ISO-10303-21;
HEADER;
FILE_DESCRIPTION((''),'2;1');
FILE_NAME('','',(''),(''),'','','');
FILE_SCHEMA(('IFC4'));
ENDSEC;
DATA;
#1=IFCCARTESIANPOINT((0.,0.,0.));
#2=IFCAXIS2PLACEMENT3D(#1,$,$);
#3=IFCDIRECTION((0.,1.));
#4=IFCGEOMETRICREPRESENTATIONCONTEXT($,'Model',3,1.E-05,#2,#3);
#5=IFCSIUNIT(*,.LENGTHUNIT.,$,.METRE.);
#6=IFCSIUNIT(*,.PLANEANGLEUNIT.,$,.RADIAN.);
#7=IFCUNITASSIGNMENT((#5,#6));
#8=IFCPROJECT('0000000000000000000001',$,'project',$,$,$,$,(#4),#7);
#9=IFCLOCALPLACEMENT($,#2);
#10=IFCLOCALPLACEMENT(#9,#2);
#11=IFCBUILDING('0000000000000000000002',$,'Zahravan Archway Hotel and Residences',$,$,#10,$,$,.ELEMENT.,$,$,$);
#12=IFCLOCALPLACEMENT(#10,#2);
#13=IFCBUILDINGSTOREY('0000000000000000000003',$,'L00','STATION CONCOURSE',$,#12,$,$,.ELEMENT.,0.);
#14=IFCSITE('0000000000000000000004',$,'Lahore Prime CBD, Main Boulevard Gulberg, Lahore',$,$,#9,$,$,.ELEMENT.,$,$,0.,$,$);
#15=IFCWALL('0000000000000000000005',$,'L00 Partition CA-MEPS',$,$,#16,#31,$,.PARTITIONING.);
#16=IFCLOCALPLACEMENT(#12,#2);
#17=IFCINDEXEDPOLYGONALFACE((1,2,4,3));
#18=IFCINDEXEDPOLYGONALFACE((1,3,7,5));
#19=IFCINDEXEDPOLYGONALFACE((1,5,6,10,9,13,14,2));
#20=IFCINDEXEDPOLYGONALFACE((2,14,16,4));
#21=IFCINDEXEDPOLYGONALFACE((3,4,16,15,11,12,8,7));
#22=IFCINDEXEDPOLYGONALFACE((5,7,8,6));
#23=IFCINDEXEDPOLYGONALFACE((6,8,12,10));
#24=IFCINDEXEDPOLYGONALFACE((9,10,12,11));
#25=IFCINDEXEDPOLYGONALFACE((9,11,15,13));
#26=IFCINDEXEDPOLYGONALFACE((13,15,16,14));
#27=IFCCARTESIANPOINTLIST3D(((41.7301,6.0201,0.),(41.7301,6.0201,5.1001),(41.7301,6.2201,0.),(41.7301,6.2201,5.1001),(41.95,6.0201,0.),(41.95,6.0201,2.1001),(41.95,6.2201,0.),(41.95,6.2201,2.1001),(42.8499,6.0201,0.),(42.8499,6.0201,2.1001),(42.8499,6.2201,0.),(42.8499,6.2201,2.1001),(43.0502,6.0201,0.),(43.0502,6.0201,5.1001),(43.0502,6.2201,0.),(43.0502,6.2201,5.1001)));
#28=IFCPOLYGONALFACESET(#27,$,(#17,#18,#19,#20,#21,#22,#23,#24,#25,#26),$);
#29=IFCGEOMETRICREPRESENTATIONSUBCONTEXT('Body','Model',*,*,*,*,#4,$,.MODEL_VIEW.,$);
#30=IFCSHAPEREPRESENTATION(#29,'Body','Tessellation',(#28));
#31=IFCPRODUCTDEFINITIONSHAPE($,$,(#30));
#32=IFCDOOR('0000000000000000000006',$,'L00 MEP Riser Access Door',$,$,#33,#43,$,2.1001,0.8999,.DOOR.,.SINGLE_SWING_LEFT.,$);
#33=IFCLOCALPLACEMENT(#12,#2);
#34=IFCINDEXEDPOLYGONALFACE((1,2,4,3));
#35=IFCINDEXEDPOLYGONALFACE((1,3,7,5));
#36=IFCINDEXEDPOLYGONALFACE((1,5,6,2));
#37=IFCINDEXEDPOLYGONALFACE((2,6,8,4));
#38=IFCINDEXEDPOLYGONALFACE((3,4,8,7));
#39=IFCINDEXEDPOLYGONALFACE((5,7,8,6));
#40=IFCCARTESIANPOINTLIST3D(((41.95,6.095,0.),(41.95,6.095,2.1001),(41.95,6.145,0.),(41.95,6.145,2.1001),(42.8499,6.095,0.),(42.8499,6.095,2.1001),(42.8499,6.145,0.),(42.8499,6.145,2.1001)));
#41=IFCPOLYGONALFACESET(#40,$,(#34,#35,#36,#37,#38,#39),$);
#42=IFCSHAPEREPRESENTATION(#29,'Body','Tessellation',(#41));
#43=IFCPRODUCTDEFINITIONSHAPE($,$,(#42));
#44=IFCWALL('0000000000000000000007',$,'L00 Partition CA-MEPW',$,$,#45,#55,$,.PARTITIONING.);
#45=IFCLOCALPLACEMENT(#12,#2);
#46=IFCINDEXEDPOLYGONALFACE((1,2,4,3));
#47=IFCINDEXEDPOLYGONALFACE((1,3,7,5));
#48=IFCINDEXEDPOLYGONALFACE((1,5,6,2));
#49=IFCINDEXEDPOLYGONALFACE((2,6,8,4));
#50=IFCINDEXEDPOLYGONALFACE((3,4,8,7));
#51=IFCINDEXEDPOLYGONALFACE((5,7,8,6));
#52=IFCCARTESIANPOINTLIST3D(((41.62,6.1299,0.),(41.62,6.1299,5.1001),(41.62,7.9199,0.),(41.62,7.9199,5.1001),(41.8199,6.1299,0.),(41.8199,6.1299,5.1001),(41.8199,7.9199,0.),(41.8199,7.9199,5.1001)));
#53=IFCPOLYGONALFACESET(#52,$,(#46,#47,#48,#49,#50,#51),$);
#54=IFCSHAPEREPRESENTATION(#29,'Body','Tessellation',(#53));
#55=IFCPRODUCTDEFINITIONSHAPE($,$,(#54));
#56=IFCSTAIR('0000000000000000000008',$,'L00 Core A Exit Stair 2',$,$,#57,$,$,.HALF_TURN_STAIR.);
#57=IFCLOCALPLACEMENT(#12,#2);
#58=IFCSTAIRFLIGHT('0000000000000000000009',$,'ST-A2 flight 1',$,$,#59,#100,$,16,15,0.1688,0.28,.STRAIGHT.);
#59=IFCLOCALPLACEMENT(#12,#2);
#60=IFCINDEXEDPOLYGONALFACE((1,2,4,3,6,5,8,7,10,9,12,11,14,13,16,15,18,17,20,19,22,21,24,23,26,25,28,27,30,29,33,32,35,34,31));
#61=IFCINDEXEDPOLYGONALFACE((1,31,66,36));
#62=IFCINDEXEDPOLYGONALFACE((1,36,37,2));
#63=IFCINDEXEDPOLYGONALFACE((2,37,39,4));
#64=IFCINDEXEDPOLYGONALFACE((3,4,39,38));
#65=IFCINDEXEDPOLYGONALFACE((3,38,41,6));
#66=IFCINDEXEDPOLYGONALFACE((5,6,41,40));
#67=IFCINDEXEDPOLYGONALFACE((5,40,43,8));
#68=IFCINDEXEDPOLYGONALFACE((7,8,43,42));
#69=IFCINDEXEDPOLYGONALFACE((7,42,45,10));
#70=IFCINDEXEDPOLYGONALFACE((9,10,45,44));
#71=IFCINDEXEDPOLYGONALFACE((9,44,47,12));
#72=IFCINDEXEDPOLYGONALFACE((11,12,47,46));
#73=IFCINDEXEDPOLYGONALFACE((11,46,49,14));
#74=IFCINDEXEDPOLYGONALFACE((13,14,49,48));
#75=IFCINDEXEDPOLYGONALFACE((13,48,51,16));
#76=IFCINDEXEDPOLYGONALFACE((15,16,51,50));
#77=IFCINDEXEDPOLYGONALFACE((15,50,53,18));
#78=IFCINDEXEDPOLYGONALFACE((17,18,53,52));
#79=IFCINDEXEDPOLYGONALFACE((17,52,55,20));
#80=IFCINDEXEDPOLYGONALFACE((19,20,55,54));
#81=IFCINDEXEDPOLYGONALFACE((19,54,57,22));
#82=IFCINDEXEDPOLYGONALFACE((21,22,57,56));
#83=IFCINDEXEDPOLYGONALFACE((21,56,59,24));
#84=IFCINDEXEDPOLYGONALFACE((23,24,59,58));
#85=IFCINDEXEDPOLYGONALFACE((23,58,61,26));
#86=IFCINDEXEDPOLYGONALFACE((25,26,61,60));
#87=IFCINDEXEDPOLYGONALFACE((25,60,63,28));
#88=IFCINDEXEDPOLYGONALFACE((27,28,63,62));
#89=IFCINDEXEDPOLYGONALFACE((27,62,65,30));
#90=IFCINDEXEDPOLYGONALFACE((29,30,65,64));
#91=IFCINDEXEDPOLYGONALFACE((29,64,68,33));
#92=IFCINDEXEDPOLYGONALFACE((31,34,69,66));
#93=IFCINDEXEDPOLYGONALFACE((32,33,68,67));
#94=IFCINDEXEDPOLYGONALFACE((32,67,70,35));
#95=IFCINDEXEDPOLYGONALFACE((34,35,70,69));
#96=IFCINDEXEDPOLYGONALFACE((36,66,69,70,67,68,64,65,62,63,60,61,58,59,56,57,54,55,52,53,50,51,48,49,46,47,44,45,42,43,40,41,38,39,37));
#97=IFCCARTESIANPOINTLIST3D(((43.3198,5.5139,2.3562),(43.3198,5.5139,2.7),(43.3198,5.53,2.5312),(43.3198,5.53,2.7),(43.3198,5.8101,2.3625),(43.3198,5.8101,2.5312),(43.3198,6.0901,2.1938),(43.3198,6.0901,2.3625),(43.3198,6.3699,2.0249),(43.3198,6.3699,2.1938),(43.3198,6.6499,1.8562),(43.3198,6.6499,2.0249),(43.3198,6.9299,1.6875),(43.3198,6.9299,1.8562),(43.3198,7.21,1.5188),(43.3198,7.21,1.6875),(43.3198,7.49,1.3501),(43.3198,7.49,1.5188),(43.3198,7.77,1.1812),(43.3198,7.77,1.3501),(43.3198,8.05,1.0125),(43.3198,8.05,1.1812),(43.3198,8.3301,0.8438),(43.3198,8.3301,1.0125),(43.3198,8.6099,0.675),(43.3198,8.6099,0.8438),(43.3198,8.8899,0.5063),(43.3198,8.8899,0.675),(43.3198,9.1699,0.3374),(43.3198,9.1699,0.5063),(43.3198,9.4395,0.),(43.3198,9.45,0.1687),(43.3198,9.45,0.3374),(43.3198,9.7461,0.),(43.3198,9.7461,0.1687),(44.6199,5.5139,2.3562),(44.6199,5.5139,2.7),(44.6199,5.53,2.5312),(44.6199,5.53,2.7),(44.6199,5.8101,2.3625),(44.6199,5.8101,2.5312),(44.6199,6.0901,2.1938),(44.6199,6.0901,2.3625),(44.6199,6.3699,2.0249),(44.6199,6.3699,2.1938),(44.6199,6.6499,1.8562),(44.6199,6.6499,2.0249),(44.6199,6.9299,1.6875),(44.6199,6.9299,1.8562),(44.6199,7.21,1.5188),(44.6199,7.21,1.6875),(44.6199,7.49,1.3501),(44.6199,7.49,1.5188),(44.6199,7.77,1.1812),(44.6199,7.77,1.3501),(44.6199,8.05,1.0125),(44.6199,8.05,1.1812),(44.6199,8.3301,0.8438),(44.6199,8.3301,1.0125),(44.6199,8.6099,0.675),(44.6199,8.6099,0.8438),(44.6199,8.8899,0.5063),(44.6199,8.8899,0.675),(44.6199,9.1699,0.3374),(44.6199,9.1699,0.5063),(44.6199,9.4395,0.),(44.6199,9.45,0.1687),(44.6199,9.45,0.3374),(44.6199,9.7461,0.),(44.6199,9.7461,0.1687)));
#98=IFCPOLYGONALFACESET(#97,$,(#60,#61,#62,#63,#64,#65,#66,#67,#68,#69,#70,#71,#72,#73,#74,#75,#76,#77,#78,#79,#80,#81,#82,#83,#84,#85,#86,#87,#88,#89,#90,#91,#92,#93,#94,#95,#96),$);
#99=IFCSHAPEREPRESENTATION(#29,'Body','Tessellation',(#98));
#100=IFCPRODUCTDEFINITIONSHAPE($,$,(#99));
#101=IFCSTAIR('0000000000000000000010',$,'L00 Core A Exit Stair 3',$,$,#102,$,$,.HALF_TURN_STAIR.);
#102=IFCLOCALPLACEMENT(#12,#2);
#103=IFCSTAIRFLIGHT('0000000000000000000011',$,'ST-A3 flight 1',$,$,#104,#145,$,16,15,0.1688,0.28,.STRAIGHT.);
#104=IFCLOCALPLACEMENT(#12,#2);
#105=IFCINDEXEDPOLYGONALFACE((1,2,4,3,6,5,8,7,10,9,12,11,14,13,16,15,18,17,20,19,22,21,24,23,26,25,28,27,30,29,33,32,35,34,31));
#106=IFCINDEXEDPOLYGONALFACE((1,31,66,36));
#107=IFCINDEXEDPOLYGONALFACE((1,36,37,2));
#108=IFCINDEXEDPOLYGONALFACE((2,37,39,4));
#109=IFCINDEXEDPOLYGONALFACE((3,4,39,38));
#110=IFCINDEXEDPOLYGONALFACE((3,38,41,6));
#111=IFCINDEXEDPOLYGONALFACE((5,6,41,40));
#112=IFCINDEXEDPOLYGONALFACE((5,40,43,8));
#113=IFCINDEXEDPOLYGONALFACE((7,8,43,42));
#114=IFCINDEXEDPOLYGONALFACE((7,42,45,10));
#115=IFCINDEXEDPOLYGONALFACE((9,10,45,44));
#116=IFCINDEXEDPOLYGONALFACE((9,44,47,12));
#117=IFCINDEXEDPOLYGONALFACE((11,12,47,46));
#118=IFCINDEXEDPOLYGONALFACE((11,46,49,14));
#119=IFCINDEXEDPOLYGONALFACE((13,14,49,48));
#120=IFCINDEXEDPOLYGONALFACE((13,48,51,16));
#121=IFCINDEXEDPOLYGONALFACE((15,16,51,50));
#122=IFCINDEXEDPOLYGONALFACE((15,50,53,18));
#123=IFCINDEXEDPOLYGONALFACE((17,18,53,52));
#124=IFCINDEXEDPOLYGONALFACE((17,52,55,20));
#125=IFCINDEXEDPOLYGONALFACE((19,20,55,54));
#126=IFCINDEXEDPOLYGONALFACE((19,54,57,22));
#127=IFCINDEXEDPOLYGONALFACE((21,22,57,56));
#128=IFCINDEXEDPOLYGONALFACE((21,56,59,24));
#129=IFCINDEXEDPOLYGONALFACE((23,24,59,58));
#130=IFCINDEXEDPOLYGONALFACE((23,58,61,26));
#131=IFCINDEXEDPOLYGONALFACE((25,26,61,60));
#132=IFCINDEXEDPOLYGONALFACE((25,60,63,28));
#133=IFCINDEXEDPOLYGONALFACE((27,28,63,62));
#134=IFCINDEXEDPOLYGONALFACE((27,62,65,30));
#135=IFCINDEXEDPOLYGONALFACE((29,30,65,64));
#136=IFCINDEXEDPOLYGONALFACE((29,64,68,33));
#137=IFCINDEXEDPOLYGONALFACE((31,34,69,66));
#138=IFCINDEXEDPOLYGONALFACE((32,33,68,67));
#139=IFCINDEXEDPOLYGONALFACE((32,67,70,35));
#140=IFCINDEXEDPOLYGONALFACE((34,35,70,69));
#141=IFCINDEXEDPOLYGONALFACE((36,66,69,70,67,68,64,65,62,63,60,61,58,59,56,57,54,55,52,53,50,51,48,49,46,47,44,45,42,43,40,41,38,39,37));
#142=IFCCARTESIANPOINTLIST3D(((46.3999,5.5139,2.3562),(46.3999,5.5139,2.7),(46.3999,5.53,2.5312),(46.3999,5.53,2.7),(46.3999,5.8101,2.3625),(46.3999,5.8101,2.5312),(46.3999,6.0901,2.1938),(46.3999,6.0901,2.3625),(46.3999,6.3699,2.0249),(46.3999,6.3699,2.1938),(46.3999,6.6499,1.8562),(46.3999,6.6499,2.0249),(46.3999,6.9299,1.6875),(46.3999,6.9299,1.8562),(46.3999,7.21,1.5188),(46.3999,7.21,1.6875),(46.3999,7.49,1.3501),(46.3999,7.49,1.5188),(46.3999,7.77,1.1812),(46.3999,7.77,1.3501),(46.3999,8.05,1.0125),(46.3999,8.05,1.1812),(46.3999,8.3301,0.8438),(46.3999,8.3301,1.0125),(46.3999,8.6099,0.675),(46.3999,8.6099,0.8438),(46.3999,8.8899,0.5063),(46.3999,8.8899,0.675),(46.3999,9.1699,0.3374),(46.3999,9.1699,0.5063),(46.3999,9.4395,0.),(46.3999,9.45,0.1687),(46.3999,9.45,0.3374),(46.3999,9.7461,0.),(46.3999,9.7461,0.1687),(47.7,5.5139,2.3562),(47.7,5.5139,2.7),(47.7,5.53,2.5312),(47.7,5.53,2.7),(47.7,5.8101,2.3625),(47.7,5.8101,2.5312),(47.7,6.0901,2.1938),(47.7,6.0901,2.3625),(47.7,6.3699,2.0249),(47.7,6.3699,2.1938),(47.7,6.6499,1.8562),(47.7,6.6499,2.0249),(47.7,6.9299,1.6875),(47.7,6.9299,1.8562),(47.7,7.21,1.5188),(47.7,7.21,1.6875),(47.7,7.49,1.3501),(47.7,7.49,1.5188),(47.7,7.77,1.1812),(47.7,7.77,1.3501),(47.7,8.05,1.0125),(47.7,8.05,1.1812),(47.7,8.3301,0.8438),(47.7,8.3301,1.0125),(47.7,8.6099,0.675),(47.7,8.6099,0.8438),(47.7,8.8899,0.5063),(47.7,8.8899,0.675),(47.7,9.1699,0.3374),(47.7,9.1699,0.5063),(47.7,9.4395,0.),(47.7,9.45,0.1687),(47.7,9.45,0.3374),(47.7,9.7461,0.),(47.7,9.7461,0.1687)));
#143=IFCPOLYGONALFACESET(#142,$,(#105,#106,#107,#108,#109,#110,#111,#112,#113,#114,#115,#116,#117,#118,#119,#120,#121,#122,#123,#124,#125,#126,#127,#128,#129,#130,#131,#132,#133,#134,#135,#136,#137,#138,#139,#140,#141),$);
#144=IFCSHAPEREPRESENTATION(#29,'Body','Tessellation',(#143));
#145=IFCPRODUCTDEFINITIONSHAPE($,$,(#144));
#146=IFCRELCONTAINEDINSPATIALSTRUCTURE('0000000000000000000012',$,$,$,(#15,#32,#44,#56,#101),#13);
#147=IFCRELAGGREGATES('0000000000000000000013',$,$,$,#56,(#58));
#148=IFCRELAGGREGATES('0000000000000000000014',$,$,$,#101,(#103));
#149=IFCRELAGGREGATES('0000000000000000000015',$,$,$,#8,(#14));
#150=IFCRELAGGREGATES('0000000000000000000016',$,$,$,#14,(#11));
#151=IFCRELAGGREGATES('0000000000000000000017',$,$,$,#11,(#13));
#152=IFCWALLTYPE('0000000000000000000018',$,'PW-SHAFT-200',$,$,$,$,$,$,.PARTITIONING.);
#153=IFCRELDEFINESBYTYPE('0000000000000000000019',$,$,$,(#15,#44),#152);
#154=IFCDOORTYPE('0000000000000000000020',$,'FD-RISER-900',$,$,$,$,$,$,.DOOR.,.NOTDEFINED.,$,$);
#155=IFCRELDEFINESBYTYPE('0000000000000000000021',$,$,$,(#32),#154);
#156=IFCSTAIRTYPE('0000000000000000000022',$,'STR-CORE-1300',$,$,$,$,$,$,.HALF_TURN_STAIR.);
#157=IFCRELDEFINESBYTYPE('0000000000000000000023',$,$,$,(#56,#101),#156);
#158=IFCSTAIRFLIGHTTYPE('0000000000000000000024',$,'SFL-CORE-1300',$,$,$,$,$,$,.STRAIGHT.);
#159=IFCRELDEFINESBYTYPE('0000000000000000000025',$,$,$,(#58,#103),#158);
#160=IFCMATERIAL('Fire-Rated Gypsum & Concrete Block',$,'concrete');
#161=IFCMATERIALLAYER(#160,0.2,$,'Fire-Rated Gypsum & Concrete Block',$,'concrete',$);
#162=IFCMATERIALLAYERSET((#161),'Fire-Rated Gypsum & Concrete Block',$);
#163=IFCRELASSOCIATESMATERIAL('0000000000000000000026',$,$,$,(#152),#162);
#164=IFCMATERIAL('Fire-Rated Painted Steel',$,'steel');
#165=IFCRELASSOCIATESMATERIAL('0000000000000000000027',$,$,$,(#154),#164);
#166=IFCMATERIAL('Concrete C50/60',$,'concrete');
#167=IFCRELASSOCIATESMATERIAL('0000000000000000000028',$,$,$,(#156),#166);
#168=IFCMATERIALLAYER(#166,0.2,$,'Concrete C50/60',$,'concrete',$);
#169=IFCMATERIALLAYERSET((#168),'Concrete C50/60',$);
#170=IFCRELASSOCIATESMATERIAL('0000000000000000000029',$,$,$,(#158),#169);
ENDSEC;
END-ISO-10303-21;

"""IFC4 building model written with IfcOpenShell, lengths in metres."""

from ifc_helpers import new_model, si_unit, direction, frame, frame_2d, origin, place, context, subcontext, project, spatial, polyline, rectangle, outline, extrude, source, transform, mapped, material, layer, layer_set, type_object, type_shapes, element, fill, aggregate, save


model = new_model("IFC4")

# Units and contexts
model_context = context("Model", 3, precision=1e-05, world=origin(), true_north=direction((0.0, 1.0)))
body_context = subcontext(model_context, "Body", "Model", "MODEL_VIEW")
ifc_project = project(units=[si_unit("LENGTHUNIT", "METRE"), si_unit("PLANEANGLEUNIT", "RADIAN")], contexts=[model_context])

# Site, building, storey
site_placement = place(None, origin())
site = spatial("IfcSite", under=ifc_project, at=site_placement, Name="Lahore Prime CBD, Main Boulevard Gulberg, Lahore", CompositionType="ELEMENT", RefElevation=0.0)
building_placement = place(site_placement, origin())
building = spatial("IfcBuilding", under=site, at=building_placement, Name="Zahravan Archway Hotel and Residences", CompositionType="ELEMENT")
storey_placement = place(building_placement, origin())
storey = spatial("IfcBuildingStorey", under=building, at=storey_placement, Name="L00", Description="STATION CONCOURSE", CompositionType="ELEMENT", Elevation=0.0)

# Shared definitions
ifc_material_1 = material(Name="Fire-Rated Gypsum & Concrete Block", Category="concrete")
ifc_material_2 = material(Name="Fire-Rated Painted Steel", Category="steel")

# Shared definitions
ifc_layer_1 = layer(ifc_material_1, 0.2, Name="Fire-Rated Gypsum & Concrete Block", Category="concrete")
ifc_layer_set_1 = layer_set([ifc_layer_1], Name="Fire-Rated Gypsum & Concrete Block")
wall_type_1 = type_object("IfcWallType", Name="PW-SHAFT-200", PredefinedType="PARTITIONING", material=ifc_layer_set_1)

# Wall, opening, door
wall_1_placement = place(storey_placement, frame((41.73, 6.1201, 0.0), z_axis=(0.0, 0.0, 1.0), x_axis=(1.0, 0.0, 0.0)))
wall_1 = element("IfcWall", 1, at=wall_1_placement, inside=storey, type_object=wall_type_1, Name="L00 Partition CA-MEPS", PredefinedType="PARTITIONING", context=body_context, shape_type="SweptSolid", body=[
    extrude(rectangle(XDim=1.3201, YDim=0.2, at=frame_2d((0.6602, 0.0))), origin(), (0.0, 0.0, 1.0), 5.1001),
])
opening_1_placement = place(wall_1_placement, frame((0.22, 0.0, 0.0)))
opening_1 = element("IfcOpeningElement", 2, at=opening_1_placement, cuts=wall_1, PredefinedType="OPENING", context=body_context, shape_type="SweptSolid", body=[
    extrude(rectangle(XDim=0.8999, YDim=2.1001, at=frame_2d((0.45, 1.05))), frame((0.0, 0.1099, 0.0), z_axis=(0.0, -1.0, 0.0), x_axis=(1.0, 0.0, 0.0)), (0.0, 0.0, 1.0), 0.22),
])
door_type_1 = type_object("IfcDoorType", Name="FD-RISER-900", OperationType="NOTDEFINED", PredefinedType="DOOR", material=ifc_material_2)
shared_shape_1 = source(origin(), body_context, "Body", "SweptSolid", [
    extrude(rectangle(XDim=0.8999, YDim=2.1001, at=frame_2d((0.45, 1.05))), frame((0.0, 0.0249, 0.0), z_axis=(0.0, -1.0, 0.0), x_axis=(1.0, 0.0, 0.0)), (0.0, 0.0, 1.0), 0.05),
])
type_shapes(door_type_1, [shared_shape_1])
door_1_placement = place(opening_1_placement, origin())
door_1 = element("IfcDoor", 3, at=door_1_placement, inside=storey, type_object=door_type_1, Name="L00 MEP Riser Access Door", OperationType="SINGLE_SWING_LEFT", OverallHeight=2.1001, OverallWidth=0.8999, PredefinedType="DOOR", context=body_context, shape_type="MappedRepresentation", body=[
    mapped(shared_shape_1, transform((0.0, 0.0, 0.0), scale=1.0)),
])
fill(opening_1, door_1)

# Wall
wall_2_placement = place(storey_placement, frame((41.72, 6.1299, 0.0), z_axis=(0.0, 0.0, 1.0), x_axis=(0.0, 1.0, 0.0)))
element("IfcWall", 4, at=wall_2_placement, inside=storey, type_object=wall_type_1, Name="L00 Partition CA-MEPW", PredefinedType="PARTITIONING", context=body_context, shape_type="SweptSolid", body=[
    extrude(rectangle(XDim=1.79, YDim=0.2, at=frame_2d((0.895, 0.0))), origin(), (0.0, 0.0, 1.0), 5.1001),
])

# Stairs, stair flights
ifc_material_3 = material(Name="Concrete C50/60", Category="concrete")
stair_type = type_object("IfcStairType", Name="STR-CORE-1300", PredefinedType="HALF_TURN_STAIR", material=ifc_material_3)
stair_1_placement = place(storey_placement, origin())
stair_1 = element("IfcStair", 5, at=stair_1_placement, inside=storey, type_object=stair_type, Name="L00 Core A Exit Stair 2", PredefinedType="HALF_TURN_STAIR")
ifc_layer_2 = layer(ifc_material_3, 0.2, Name="Concrete C50/60", Category="concrete")
ifc_layer_set_2 = layer_set([ifc_layer_2], Name="Concrete C50/60")
stair_flight_type = type_object("IfcStairFlightType", Name="SFL-CORE-1300", PredefinedType="STRAIGHT", material=ifc_layer_set_2)
shared_shape_2 = source(origin(), body_context, "Body", "SweptSolid", [
    extrude(outline(polyline([(-0.0161, 0.0), (-0.0161, 0.1687), (0.28, 0.1687), (0.28, 0.3374), (0.5601, 0.3374), (0.5601, 0.5063), (0.8401, 0.5063), (0.8401, 0.675), (1.1201, 0.675), (1.1201, 0.8438), (1.3999, 0.8438), (1.3999, 1.0125), (1.6799, 1.0125), (1.6799, 1.1812), (1.96, 1.1812), (1.96, 1.3501), (2.24, 1.3501), (2.24, 1.5188), (2.52, 1.5188), (2.52, 1.6875), (2.8, 1.6875), (2.8, 1.8562), (3.0801, 1.8562), (3.0801, 2.0249), (3.3601, 2.0249), (3.3601, 2.1938), (3.6399, 2.1938), (3.6399, 2.3625), (3.9199, 2.3625), (3.9199, 2.5312), (4.2, 2.5312), (4.2, 2.7), (4.2161, 2.7), (4.2161, 2.3562), (0.2905, 0.0), (-0.0161, 0.0)])), frame((0.0, 0.6499, 0.0), z_axis=(0.0, -1.0, 0.0), x_axis=(1.0, 0.0, 0.0)), (0.0, 0.0, 1.0), 1.3),
])
stair_flight_1_placement = place(storey_placement, frame((43.97, 9.73, 0.0), z_axis=(0.0, 0.0, 1.0), x_axis=(0.0, -1.0, 0.0)))
stair_flight_1 = element("IfcStairFlight", 6, at=stair_flight_1_placement, type_object=stair_flight_type, Name="ST-A2 flight 1", NumberOfRisers=16, NumberOfTreads=15, PredefinedType="STRAIGHT", RiserHeight=0.1688, TreadLength=0.28, context=body_context, shape_type="MappedRepresentation", body=[
    mapped(shared_shape_2, transform((0.0, 0.0, 0.0), scale=1.0)),
])
aggregate(stair_1, [stair_flight_1])
stair_2_placement = place(storey_placement, origin())
stair_2 = element("IfcStair", 7, at=stair_2_placement, inside=storey, type_object=stair_type, Name="L00 Core A Exit Stair 3", PredefinedType="HALF_TURN_STAIR")
stair_flight_2_placement = place(storey_placement, frame((47.05, 9.73, 0.0), z_axis=(0.0, 0.0, 1.0), x_axis=(0.0, -1.0, 0.0)))
stair_flight_2 = element("IfcStairFlight", 8, at=stair_flight_2_placement, type_object=stair_flight_type, Name="ST-A3 flight 1", NumberOfRisers=16, NumberOfTreads=15, PredefinedType="STRAIGHT", RiserHeight=0.1688, TreadLength=0.28, context=body_context, shape_type="MappedRepresentation", body=[
    mapped(shared_shape_2, transform((0.0, 0.0, 0.0), scale=1.0)),
])
aggregate(stair_2, [stair_flight_2])

save(model, "model.ifc")
